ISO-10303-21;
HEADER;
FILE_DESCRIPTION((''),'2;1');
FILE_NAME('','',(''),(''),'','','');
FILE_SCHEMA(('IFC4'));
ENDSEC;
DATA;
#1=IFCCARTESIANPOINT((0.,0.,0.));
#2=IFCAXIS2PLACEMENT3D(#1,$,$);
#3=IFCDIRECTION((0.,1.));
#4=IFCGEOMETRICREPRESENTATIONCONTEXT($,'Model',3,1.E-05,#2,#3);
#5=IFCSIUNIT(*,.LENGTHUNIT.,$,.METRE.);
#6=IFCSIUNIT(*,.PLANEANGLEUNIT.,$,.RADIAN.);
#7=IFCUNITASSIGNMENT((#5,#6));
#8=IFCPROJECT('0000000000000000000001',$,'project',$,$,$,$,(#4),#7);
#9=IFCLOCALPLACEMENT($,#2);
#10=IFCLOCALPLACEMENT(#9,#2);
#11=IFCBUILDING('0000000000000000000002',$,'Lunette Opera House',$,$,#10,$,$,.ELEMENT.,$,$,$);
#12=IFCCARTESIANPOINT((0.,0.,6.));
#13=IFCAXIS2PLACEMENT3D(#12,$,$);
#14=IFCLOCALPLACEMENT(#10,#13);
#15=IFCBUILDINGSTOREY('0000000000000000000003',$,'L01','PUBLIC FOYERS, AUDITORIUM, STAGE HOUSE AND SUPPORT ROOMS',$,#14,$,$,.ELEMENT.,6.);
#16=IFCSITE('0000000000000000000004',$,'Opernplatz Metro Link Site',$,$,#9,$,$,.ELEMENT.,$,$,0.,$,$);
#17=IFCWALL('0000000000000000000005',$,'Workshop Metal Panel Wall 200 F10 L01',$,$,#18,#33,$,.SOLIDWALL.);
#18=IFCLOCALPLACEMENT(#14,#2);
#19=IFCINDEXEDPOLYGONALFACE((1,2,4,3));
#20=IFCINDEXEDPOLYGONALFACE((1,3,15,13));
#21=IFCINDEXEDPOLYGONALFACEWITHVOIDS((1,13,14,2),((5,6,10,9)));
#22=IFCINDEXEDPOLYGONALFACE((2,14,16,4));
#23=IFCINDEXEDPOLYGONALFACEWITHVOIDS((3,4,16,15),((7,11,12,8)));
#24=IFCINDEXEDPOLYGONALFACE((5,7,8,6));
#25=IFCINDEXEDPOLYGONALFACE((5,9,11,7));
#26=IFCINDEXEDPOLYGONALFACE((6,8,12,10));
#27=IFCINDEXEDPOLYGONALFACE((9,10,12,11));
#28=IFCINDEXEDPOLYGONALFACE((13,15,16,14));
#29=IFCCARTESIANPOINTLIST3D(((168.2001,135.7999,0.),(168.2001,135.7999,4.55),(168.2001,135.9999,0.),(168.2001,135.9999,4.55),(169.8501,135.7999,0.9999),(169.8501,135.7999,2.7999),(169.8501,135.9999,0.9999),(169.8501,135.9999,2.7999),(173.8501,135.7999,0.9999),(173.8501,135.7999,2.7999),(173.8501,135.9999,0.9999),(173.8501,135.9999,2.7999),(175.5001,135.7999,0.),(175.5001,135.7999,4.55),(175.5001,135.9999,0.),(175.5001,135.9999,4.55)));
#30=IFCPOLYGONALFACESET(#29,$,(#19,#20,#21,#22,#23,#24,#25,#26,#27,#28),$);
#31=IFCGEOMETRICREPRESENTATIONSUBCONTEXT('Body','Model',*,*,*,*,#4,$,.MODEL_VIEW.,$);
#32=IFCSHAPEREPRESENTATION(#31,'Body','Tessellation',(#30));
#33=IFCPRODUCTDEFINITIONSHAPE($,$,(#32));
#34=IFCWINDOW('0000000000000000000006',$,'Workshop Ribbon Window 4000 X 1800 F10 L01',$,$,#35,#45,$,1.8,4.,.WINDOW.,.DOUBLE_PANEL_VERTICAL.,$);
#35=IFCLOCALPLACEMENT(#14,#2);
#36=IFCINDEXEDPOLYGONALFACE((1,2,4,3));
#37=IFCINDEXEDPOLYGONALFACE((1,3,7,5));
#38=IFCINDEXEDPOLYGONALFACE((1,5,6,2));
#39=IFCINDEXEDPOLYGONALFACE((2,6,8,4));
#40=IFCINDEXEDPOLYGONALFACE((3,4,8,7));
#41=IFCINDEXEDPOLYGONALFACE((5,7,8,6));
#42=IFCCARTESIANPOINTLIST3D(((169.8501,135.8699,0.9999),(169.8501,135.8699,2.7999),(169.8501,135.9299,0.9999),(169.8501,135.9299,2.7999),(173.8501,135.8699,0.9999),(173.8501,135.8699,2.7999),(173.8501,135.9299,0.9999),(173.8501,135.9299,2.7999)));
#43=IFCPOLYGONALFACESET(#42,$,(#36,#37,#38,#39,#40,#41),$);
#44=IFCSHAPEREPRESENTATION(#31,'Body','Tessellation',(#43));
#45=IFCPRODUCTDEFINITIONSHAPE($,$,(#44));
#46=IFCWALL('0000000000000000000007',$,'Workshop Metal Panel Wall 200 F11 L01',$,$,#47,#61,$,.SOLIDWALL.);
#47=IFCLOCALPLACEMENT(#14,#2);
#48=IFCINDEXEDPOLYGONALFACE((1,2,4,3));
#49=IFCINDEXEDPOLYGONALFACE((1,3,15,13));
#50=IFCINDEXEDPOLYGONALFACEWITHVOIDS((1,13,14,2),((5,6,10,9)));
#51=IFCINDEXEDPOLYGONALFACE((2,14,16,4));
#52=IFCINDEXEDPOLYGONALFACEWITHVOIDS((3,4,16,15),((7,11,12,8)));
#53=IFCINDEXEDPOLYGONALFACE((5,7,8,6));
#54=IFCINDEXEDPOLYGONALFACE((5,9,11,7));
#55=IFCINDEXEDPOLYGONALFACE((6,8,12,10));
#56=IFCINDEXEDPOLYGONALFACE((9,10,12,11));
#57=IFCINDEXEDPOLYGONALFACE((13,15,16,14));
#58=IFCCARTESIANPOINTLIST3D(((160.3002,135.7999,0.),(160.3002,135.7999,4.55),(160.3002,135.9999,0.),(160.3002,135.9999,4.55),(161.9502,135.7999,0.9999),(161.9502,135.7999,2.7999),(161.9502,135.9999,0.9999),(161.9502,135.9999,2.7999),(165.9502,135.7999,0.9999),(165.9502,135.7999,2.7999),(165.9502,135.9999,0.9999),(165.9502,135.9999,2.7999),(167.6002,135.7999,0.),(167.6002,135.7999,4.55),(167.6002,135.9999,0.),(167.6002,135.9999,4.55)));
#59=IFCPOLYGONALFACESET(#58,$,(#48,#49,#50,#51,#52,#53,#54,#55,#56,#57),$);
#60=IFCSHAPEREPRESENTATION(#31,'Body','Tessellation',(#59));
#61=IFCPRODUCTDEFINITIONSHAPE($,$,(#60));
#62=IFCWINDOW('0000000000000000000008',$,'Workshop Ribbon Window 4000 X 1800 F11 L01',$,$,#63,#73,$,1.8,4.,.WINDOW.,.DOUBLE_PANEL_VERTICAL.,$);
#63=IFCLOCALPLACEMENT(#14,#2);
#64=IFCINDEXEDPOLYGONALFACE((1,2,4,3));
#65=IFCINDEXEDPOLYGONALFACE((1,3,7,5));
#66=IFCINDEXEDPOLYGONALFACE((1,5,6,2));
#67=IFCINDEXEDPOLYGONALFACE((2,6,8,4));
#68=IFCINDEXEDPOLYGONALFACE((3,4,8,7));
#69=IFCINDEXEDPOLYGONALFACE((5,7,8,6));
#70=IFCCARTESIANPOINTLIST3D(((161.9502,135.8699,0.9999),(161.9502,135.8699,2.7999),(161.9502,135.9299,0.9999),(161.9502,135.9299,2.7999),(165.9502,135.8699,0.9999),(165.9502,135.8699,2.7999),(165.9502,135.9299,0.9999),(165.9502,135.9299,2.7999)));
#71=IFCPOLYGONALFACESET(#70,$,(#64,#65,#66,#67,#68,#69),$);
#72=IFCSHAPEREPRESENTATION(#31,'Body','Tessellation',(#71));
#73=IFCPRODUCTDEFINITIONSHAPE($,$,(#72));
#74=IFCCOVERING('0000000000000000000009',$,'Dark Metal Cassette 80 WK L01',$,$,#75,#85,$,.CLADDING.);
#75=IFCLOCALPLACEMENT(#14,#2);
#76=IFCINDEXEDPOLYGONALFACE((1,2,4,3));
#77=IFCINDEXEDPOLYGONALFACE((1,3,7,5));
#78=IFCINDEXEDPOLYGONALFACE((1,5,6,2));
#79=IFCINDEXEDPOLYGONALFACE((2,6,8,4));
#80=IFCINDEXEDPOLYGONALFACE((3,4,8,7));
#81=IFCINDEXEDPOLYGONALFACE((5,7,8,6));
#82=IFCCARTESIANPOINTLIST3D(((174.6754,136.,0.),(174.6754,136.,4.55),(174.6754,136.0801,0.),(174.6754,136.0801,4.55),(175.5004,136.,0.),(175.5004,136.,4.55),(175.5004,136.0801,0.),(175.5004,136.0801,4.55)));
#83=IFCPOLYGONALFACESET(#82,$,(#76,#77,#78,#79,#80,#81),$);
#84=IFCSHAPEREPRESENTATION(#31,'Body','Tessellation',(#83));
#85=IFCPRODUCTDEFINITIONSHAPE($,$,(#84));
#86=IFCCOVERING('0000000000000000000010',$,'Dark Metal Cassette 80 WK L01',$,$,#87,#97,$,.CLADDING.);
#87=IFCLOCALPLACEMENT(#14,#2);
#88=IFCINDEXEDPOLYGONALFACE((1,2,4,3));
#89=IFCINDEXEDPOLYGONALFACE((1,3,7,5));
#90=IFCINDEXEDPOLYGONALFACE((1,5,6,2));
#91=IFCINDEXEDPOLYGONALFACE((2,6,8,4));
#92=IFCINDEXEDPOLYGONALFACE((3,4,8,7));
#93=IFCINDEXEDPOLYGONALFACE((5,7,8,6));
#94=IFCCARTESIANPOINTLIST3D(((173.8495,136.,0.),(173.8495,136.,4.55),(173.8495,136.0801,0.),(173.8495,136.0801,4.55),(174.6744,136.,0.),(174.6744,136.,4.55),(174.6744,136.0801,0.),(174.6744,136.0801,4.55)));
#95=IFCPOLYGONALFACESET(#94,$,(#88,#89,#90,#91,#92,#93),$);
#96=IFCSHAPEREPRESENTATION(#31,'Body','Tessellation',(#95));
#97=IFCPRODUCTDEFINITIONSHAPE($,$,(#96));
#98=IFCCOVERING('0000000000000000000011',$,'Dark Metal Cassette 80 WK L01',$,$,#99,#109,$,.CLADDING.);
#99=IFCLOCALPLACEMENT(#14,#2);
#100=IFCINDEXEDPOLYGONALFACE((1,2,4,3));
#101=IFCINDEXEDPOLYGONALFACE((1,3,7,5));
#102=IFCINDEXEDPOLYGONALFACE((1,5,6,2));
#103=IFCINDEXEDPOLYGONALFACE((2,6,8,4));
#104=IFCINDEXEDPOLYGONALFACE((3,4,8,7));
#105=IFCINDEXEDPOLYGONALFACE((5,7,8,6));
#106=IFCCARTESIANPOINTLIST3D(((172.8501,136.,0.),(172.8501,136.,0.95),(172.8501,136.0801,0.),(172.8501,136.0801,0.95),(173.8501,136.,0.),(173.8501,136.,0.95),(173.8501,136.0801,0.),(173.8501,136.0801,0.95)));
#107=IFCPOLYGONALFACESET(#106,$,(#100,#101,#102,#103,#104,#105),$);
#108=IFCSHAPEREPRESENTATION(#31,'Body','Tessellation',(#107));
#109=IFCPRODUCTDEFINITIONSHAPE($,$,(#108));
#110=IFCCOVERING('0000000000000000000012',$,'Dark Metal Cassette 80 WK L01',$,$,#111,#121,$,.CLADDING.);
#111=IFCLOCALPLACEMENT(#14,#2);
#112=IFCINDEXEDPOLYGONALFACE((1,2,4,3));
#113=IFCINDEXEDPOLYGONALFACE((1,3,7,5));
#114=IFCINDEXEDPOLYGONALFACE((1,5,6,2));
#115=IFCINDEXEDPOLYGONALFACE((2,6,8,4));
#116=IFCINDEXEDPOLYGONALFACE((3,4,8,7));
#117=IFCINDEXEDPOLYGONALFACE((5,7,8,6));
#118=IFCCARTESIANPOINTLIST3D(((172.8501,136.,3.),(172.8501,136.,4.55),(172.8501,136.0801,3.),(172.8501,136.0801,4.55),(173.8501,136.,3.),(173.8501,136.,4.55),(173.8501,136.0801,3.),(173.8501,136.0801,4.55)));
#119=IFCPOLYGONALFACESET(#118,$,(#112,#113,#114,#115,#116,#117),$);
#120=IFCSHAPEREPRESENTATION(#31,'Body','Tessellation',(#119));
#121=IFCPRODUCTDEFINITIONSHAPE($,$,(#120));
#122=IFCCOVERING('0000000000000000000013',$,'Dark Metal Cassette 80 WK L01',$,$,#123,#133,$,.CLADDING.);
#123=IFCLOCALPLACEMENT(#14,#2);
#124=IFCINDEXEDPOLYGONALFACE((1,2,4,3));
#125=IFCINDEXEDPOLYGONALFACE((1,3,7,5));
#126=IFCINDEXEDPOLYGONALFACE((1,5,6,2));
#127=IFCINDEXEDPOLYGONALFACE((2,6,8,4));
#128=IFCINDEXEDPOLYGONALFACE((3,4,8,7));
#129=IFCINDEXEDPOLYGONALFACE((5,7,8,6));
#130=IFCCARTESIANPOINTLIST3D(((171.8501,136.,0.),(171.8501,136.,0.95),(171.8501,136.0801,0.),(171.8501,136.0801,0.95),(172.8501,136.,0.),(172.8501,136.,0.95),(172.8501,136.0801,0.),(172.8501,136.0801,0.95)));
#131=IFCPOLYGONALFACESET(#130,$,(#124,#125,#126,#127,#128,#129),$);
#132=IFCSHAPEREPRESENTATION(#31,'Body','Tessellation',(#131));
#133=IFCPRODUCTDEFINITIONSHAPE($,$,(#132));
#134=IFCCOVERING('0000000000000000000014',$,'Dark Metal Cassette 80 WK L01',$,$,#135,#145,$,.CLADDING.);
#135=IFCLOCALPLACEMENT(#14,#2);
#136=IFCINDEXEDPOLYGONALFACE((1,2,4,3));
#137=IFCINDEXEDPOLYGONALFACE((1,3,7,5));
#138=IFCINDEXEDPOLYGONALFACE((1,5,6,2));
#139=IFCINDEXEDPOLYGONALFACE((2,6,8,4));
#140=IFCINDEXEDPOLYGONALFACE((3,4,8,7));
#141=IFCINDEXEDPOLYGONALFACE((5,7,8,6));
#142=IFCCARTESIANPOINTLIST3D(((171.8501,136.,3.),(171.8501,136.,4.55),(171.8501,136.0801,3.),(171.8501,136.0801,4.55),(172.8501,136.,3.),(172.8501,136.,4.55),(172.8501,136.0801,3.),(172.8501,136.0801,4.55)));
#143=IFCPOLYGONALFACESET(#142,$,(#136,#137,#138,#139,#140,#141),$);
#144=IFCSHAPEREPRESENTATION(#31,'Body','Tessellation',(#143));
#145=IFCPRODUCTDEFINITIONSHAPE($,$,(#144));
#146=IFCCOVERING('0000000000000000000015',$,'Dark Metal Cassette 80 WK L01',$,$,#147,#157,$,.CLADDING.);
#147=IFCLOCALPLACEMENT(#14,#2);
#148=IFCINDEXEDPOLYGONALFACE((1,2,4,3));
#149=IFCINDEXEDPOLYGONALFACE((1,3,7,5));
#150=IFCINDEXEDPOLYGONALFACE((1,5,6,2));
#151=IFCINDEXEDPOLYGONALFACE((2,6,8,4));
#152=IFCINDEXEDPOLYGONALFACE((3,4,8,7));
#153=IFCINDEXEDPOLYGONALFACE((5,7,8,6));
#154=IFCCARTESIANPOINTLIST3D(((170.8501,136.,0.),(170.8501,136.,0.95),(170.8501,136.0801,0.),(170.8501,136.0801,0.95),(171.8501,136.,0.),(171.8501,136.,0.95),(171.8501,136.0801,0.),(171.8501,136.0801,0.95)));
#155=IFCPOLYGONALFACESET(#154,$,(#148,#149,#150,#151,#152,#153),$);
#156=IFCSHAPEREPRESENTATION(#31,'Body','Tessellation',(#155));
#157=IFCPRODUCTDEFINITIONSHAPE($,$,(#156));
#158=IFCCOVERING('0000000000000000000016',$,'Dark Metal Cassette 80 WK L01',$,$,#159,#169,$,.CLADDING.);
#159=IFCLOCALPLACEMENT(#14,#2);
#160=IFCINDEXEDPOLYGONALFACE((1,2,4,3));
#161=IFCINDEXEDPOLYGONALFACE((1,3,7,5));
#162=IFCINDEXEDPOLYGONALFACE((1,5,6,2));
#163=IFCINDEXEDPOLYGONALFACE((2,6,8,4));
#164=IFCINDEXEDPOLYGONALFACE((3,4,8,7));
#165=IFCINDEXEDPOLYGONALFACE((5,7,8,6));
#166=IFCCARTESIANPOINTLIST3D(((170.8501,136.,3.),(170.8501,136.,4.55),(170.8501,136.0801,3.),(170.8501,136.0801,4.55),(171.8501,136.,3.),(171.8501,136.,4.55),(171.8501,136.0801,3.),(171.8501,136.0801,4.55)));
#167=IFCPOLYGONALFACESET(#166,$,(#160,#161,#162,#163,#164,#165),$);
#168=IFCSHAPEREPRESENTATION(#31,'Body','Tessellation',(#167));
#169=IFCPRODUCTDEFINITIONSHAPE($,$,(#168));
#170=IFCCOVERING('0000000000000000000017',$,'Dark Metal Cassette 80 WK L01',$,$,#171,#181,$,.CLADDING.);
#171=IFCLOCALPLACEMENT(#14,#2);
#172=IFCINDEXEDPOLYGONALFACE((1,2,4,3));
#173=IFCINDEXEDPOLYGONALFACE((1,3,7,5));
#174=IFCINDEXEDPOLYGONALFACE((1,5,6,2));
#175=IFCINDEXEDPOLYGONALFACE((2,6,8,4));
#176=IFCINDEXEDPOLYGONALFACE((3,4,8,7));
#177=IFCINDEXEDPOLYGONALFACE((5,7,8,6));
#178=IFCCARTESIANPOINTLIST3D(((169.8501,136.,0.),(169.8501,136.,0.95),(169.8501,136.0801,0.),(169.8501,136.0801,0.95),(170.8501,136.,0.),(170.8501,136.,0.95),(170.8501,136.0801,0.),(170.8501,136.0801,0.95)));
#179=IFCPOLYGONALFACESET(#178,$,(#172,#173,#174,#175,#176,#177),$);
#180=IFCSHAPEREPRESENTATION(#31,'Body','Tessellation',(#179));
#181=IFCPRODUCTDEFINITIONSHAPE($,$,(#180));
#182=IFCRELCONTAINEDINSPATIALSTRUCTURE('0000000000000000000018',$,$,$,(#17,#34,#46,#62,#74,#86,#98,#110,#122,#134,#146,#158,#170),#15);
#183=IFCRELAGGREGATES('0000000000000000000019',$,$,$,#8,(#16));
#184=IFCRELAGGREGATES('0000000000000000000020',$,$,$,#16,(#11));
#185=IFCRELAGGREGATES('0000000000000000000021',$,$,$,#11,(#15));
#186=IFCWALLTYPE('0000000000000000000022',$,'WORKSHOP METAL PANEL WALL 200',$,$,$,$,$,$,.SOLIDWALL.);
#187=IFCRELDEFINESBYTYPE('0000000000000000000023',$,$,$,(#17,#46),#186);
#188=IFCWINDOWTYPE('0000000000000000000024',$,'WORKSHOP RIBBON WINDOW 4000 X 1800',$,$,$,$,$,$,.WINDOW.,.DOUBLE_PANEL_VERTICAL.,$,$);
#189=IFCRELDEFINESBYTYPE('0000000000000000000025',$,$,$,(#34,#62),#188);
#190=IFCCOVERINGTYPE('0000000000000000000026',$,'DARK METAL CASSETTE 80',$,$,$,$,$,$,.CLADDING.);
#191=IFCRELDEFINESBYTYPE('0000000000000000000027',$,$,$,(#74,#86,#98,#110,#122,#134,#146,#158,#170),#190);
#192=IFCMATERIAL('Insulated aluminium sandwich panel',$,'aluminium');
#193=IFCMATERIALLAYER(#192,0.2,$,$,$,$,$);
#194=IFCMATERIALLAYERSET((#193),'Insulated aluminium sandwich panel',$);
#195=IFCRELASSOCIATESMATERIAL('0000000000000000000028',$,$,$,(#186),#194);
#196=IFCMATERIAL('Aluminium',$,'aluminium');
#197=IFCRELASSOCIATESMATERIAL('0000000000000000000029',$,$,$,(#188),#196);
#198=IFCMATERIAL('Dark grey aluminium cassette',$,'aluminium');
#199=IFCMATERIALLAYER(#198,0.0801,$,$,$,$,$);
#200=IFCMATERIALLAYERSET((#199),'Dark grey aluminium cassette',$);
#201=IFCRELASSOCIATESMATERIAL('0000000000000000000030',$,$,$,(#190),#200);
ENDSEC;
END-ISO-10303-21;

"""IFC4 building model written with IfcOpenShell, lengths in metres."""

from ifc_helpers import new_model, si_unit, direction, frame, frame_2d, origin, origin_2d, place, context, subcontext, project, spatial, rectangle, extrude, material, layer, layer_set, type_object, element, fill, save


model = new_model("IFC4")

# Units and contexts
model_context = context("Model", 3, precision=1e-05, world=origin(), true_north=direction((0.0, 1.0)))
body_context = subcontext(model_context, "Body", "Model", "MODEL_VIEW")
ifc_project = project(units=[si_unit("LENGTHUNIT", "METRE"), si_unit("PLANEANGLEUNIT", "RADIAN")], contexts=[model_context])

# Site, building, storey
site_placement = place(None, origin())
site = spatial("IfcSite", under=ifc_project, at=site_placement, Name="Opernplatz Metro Link Site", CompositionType="ELEMENT", RefElevation=0.0)
building_placement = place(site_placement, origin())
building = spatial("IfcBuilding", under=site, at=building_placement, Name="Lunette Opera House", CompositionType="ELEMENT")
storey_placement = place(building_placement, frame((0.0, 0.0, 6.0)))
storey = spatial("IfcBuildingStorey", under=building, at=storey_placement, Name="L01", Description="PUBLIC FOYERS, AUDITORIUM, STAGE HOUSE AND SUPPORT ROOMS", CompositionType="ELEMENT", Elevation=6.0)

# Walls, openings, windows
ifc_material_1 = material(Name="Insulated aluminium sandwich panel", Category="aluminium")
ifc_layer_1 = layer(ifc_material_1, 0.2)
ifc_layer_set_1 = layer_set([ifc_layer_1], Name="Insulated aluminium sandwich panel")
wall_type = type_object("IfcWallType", Name="WORKSHOP METAL PANEL WALL 200", PredefinedType="SOLIDWALL", material=ifc_layer_set_1)
wall_1_placement = place(storey_placement, frame((175.5, 135.8999, 0.0), z_axis=(0.0, 0.0, 1.0), x_axis=(-1.0, 0.0, 0.0)))
wall_1 = element("IfcWall", 1, at=wall_1_placement, inside=storey, type_object=wall_type, Name="Workshop Metal Panel Wall 200 F10 L01", PredefinedType="SOLIDWALL", context=body_context, shape_type="SweptSolid", body=[
    extrude(rectangle(XDim=7.3, YDim=0.2, at=frame_2d((3.6499, 0.0))), origin(), (0.0, 0.0, 1.0), 4.55),
])
opening_1_placement = place(wall_1_placement, frame((1.6499, 0.0, 1.0)))
opening_1 = element("IfcOpeningElement", 2, at=opening_1_placement, cuts=wall_1, PredefinedType="OPENING", context=body_context, shape_type="SweptSolid", body=[
    extrude(rectangle(XDim=4.0, YDim=1.8, at=frame_2d((2.0, 0.8999))), frame((0.0, 0.1121, 0.0), z_axis=(0.0, -1.0, 0.0), x_axis=(1.0, 0.0, 0.0)), (0.0, 0.0, 1.0), 0.2239),
])
ifc_material_2 = material(Name="Aluminium", Category="aluminium")
window_type = type_object("IfcWindowType", Name="WORKSHOP RIBBON WINDOW 4000 X 1800", PartitioningType="DOUBLE_PANEL_VERTICAL", PredefinedType="WINDOW", material=ifc_material_2)
window_1_placement = place(opening_1_placement, origin())
window_1 = element("IfcWindow", 3, at=window_1_placement, inside=storey, type_object=window_type, Name="Workshop Ribbon Window 4000 X 1800 F10 L01", OverallHeight=1.8, OverallWidth=4.0, PartitioningType="DOUBLE_PANEL_VERTICAL", PredefinedType="WINDOW", context=body_context, shape_type="SweptSolid", body=[
    extrude(rectangle(XDim=4.0, YDim=1.8, at=frame_2d((2.0, 0.8999))), frame((0.0, 0.03, 0.0), z_axis=(0.0, -1.0, 0.0), x_axis=(1.0, 0.0, 0.0)), (0.0, 0.0, 1.0), 0.0601),
])
fill(opening_1, window_1)
wall_2_placement = place(storey_placement, frame((167.6001, 135.8999, 0.0), z_axis=(0.0, 0.0, 1.0), x_axis=(-1.0, 0.0, 0.0)))
wall_2 = element("IfcWall", 4, at=wall_2_placement, inside=storey, type_object=wall_type, Name="Workshop Metal Panel Wall 200 F11 L01", PredefinedType="SOLIDWALL", context=body_context, shape_type="SweptSolid", body=[
    extrude(rectangle(XDim=7.3, YDim=0.2, at=frame_2d((3.6499, 0.0))), origin(), (0.0, 0.0, 1.0), 4.55),
])
opening_2_placement = place(wall_2_placement, frame((1.6499, 0.0, 1.0)))
opening_2 = element("IfcOpeningElement", 5, at=opening_2_placement, cuts=wall_2, PredefinedType="OPENING", context=body_context, shape_type="SweptSolid", body=[
    extrude(rectangle(XDim=4.0, YDim=1.8, at=frame_2d((2.0, 0.8999))), frame((0.0, 0.1121, 0.0), z_axis=(0.0, -1.0, 0.0), x_axis=(1.0, 0.0, 0.0)), (0.0, 0.0, 1.0), 0.2239),
])
window_2_placement = place(opening_2_placement, origin())
window_2 = element("IfcWindow", 6, at=window_2_placement, inside=storey, type_object=window_type, Name="Workshop Ribbon Window 4000 X 1800 F11 L01", OverallHeight=1.8, OverallWidth=4.0, PartitioningType="DOUBLE_PANEL_VERTICAL", PredefinedType="WINDOW", context=body_context, shape_type="SweptSolid", body=[
    extrude(rectangle(XDim=4.0, YDim=1.8, at=frame_2d((2.0, 0.8999))), frame((0.0, 0.03, 0.0), z_axis=(0.0, -1.0, 0.0), x_axis=(1.0, 0.0, 0.0)), (0.0, 0.0, 1.0), 0.0601),
])
fill(opening_2, window_2)

# Coverings
ifc_material_3 = material(Name="Dark grey aluminium cassette", Category="aluminium")
ifc_layer_2 = layer(ifc_material_3, 0.0801)
ifc_layer_set_2 = layer_set([ifc_layer_2], Name="Dark grey aluminium cassette")
covering_type = type_object("IfcCoveringType", Name="DARK METAL CASSETTE 80", PredefinedType="CLADDING", material=ifc_layer_set_2)
for number, where, z_axis, x_axis, name in (
    (7, (175.0879, 136.04, 0.0), (0.0, 0.0, 1.0), (-1.0, 0.0, 0.0), "Dark Metal Cassette 80 WK L01"),
    (8, (174.262, 136.04, 0.0), (0.0, 0.0, 1.0), (-1.0, 0.0, 0.0), "Dark Metal Cassette 80 WK L01"),
):
    element("IfcCovering", number, at=place(storey_placement, frame(where, z_axis=z_axis, x_axis=x_axis)), inside=storey, type_object=covering_type, Name=name, PredefinedType="CLADDING", context=body_context, shape_type="SweptSolid", body=[
        extrude(rectangle(XDim=0.825, YDim=0.0801, at=origin_2d()), origin(), (0.0, 0.0, 1.0), 4.55),
    ])
covering_1_placement = place(storey_placement, frame((173.3501, 136.04, 0.0), z_axis=(0.0, 0.0, 1.0), x_axis=(-1.0, 0.0, 0.0)))
element("IfcCovering", 9, at=covering_1_placement, inside=storey, type_object=covering_type, Name="Dark Metal Cassette 80 WK L01", PredefinedType="CLADDING", context=body_context, shape_type="SweptSolid", body=[
    extrude(rectangle(XDim=1.0, YDim=0.0801, at=origin_2d()), origin(), (0.0, 0.0, 1.0), 0.95),
])
covering_2_placement = place(storey_placement, frame((173.3501, 136.04, 3.0), z_axis=(0.0, 0.0, 1.0), x_axis=(-1.0, 0.0, 0.0)))
element("IfcCovering", 10, at=covering_2_placement, inside=storey, type_object=covering_type, Name="Dark Metal Cassette 80 WK L01", PredefinedType="CLADDING", context=body_context, shape_type="SweptSolid", body=[
    extrude(rectangle(XDim=1.0, YDim=0.0801, at=origin_2d()), origin(), (0.0, 0.0, 1.0), 1.55),
])
covering_3_placement = place(storey_placement, frame((172.3501, 136.04, 0.0), z_axis=(0.0, 0.0, 1.0), x_axis=(-1.0, 0.0, 0.0)))
element("IfcCovering", 11, at=covering_3_placement, inside=storey, type_object=covering_type, Name="Dark Metal Cassette 80 WK L01", PredefinedType="CLADDING", context=body_context, shape_type="SweptSolid", body=[
    extrude(rectangle(XDim=1.0, YDim=0.0801, at=origin_2d()), origin(), (0.0, 0.0, 1.0), 0.95),
])
covering_4_placement = place(storey_placement, frame((172.3501, 136.04, 3.0), z_axis=(0.0, 0.0, 1.0), x_axis=(-1.0, 0.0, 0.0)))
element("IfcCovering", 12, at=covering_4_placement, inside=storey, type_object=covering_type, Name="Dark Metal Cassette 80 WK L01", PredefinedType="CLADDING", context=body_context, shape_type="SweptSolid", body=[
    extrude(rectangle(XDim=1.0, YDim=0.0801, at=origin_2d()), origin(), (0.0, 0.0, 1.0), 1.55),
])
covering_5_placement = place(storey_placement, frame((171.3501, 136.04, 0.0), z_axis=(0.0, 0.0, 1.0), x_axis=(-1.0, 0.0, 0.0)))
element("IfcCovering", 13, at=covering_5_placement, inside=storey, type_object=covering_type, Name="Dark Metal Cassette 80 WK L01", PredefinedType="CLADDING", context=body_context, shape_type="SweptSolid", body=[
    extrude(rectangle(XDim=1.0, YDim=0.0801, at=origin_2d()), origin(), (0.0, 0.0, 1.0), 0.95),
])
covering_6_placement = place(storey_placement, frame((171.3501, 136.04, 3.0), z_axis=(0.0, 0.0, 1.0), x_axis=(-1.0, 0.0, 0.0)))
element("IfcCovering", 14, at=covering_6_placement, inside=storey, type_object=covering_type, Name="Dark Metal Cassette 80 WK L01", PredefinedType="CLADDING", context=body_context, shape_type="SweptSolid", body=[
    extrude(rectangle(XDim=1.0, YDim=0.0801, at=origin_2d()), origin(), (0.0, 0.0, 1.0), 1.55),
])
covering_7_placement = place(storey_placement, frame((170.3501, 136.04, 0.0), z_axis=(0.0, 0.0, 1.0), x_axis=(-1.0, 0.0, 0.0)))
element("IfcCovering", 15, at=covering_7_placement, inside=storey, type_object=covering_type, Name="Dark Metal Cassette 80 WK L01", PredefinedType="CLADDING", context=body_context, shape_type="SweptSolid", body=[
    extrude(rectangle(XDim=1.0, YDim=0.0801, at=origin_2d()), origin(), (0.0, 0.0, 1.0), 0.95),
])

save(model, "model.ifc")
